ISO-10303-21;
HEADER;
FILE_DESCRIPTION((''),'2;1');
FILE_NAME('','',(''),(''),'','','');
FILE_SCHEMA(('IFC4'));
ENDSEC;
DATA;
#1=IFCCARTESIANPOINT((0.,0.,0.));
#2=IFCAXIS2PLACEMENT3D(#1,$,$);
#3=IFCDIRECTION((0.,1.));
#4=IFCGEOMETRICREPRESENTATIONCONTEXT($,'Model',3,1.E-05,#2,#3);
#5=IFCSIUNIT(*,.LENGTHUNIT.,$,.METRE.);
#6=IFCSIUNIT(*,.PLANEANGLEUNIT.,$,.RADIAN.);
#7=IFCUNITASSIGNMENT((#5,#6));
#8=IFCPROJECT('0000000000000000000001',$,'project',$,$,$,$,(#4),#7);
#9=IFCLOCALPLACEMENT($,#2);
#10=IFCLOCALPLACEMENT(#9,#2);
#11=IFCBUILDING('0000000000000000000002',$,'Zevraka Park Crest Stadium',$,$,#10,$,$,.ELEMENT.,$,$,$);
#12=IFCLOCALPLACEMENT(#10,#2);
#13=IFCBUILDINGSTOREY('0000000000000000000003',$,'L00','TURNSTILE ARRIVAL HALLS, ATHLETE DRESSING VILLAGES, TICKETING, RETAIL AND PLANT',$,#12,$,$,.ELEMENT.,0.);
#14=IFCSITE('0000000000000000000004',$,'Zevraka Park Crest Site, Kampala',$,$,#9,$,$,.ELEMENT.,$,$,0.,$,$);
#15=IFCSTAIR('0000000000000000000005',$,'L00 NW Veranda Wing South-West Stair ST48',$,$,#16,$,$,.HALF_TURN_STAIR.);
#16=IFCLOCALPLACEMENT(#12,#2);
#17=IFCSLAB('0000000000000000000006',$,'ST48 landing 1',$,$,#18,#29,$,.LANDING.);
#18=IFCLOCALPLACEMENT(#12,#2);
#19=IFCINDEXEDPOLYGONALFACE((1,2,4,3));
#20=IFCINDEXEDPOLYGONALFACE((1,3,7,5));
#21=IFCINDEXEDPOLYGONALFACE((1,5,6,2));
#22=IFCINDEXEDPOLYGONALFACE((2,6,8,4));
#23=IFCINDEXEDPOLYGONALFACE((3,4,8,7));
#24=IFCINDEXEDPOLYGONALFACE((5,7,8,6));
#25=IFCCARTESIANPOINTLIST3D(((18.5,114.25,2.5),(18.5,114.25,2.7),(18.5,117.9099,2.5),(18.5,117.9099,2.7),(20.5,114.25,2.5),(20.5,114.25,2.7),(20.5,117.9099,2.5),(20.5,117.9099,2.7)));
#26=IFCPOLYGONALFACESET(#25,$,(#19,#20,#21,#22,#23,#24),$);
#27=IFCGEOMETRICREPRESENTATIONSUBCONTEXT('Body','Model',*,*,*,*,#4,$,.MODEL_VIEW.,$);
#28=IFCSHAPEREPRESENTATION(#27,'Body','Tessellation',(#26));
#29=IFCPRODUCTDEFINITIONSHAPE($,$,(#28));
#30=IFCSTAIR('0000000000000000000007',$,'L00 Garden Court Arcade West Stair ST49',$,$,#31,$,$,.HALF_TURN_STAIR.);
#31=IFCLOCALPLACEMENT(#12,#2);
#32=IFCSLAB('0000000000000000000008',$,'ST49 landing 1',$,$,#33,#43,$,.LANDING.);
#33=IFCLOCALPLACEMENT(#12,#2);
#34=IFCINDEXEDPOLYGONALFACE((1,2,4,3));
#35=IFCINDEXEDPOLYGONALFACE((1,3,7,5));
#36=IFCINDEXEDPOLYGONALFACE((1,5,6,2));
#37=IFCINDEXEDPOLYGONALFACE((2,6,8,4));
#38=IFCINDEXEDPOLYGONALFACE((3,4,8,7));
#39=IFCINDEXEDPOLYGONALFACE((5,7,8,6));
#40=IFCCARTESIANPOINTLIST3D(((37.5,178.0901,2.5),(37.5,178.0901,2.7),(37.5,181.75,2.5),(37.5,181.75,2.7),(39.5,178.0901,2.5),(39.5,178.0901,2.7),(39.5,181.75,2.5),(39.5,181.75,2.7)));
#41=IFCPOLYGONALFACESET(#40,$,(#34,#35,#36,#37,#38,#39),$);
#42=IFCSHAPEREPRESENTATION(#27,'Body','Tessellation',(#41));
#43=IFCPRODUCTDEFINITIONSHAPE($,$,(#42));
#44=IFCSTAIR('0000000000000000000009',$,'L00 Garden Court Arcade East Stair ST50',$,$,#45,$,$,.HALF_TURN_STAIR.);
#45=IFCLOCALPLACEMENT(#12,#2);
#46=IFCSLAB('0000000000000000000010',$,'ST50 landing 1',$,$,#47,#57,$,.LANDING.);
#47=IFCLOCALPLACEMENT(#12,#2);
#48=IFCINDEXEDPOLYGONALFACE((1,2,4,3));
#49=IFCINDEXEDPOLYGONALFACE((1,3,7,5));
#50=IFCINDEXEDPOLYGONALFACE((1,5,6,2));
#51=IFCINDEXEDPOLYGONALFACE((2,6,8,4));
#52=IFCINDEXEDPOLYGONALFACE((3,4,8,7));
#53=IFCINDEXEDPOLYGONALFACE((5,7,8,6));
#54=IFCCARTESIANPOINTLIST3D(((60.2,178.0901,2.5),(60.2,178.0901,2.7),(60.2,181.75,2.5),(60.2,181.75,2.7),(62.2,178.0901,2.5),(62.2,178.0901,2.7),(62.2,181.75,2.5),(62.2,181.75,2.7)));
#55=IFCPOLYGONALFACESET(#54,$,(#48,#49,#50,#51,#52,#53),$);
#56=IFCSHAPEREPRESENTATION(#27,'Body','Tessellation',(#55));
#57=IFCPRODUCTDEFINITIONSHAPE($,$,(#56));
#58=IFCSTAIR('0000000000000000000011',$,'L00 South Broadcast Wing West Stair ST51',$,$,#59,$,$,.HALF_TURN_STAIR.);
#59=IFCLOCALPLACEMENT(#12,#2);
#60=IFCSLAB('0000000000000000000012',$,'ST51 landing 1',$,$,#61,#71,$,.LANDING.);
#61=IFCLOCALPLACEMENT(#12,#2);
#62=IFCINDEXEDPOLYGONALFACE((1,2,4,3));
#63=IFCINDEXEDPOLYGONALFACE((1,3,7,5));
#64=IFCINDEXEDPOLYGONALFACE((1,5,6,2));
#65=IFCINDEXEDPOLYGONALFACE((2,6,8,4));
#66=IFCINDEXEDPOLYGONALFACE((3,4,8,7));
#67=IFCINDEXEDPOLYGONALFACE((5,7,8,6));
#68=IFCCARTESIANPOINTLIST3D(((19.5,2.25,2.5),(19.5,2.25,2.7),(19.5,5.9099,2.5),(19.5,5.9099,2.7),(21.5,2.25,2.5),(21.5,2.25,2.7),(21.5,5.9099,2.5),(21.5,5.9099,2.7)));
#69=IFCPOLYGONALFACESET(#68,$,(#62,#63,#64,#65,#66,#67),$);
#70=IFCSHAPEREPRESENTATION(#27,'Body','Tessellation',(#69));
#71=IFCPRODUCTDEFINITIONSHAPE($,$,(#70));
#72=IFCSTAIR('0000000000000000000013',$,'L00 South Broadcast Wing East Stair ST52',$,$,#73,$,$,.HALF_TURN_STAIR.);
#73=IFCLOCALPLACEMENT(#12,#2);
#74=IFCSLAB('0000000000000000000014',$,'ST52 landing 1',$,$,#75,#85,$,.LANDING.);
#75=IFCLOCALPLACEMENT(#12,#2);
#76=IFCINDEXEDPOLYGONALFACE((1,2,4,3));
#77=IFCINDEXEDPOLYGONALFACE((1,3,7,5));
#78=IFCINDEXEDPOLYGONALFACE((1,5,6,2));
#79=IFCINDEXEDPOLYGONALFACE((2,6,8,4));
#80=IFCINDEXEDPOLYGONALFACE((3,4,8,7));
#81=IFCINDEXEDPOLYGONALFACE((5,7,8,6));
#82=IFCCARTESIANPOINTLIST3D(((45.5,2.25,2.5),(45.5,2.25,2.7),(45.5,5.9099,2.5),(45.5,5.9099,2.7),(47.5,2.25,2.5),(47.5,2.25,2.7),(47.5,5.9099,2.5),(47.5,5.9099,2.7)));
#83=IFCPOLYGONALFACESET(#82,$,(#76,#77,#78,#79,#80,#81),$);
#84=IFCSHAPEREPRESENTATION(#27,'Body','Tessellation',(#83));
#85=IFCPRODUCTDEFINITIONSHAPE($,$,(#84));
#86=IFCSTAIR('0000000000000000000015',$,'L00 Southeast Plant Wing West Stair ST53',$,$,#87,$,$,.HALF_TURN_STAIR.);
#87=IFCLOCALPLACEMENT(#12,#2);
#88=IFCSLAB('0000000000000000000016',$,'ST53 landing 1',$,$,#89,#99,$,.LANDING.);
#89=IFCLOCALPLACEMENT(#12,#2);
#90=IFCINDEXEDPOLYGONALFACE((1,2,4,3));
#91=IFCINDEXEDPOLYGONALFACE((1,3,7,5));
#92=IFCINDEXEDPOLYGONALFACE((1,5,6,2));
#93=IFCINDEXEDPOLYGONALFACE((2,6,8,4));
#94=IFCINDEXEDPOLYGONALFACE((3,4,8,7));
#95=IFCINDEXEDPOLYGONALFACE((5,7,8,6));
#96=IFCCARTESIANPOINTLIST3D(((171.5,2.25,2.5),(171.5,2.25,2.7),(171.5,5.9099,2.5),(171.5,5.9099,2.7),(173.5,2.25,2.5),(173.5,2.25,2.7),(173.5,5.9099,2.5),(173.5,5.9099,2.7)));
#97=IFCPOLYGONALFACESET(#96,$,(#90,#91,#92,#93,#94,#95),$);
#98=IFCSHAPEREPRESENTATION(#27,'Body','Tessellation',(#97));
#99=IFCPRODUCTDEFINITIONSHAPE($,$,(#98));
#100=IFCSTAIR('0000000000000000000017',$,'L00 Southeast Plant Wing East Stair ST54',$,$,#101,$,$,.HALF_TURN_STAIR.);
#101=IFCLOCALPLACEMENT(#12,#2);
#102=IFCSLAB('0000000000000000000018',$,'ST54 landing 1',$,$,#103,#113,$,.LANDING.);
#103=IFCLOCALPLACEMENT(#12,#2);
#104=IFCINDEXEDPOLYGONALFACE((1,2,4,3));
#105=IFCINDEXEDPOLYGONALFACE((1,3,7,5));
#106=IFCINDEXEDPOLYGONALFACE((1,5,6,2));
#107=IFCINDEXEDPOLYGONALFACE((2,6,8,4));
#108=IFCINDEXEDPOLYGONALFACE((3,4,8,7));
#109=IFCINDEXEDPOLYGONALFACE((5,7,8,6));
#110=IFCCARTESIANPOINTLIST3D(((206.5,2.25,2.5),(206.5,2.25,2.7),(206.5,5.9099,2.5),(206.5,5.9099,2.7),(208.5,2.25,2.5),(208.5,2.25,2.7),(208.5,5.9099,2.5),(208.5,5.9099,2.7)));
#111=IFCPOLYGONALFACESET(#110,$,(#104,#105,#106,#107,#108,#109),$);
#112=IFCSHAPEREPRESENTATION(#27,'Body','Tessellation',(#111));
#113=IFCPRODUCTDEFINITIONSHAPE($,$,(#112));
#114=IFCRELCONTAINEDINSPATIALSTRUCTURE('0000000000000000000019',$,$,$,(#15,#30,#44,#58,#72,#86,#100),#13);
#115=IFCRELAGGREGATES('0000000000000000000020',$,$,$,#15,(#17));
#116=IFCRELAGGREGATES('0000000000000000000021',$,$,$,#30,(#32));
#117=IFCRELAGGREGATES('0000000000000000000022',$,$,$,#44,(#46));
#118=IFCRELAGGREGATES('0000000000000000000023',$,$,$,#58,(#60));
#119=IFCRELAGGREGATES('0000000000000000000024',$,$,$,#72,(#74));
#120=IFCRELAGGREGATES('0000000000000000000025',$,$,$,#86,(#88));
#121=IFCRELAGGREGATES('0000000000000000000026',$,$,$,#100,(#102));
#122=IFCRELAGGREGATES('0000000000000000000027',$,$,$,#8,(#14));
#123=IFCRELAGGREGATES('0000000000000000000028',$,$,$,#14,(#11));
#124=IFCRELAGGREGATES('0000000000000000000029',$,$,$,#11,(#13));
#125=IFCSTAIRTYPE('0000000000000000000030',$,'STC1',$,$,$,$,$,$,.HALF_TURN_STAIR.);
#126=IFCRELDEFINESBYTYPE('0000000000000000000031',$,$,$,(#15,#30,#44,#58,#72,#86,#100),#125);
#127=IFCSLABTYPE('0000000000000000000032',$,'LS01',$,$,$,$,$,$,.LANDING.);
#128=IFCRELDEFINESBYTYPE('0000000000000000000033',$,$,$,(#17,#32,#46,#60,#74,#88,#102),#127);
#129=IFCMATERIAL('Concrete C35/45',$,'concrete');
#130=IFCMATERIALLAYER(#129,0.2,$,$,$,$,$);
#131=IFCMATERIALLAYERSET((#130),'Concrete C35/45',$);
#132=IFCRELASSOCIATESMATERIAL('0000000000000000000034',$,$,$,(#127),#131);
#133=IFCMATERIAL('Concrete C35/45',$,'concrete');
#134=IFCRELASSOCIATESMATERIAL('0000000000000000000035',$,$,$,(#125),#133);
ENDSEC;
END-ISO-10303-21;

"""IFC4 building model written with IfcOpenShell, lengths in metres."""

from ifc_helpers import new_model, si_unit, direction, frame, origin, place, context, subcontext, project, spatial, polyline, outline, extrude, material, layer, layer_set, type_object, element, aggregate, save


model = new_model("IFC4")

# Units and contexts
model_context = context("Model", 3, precision=1e-05, world=origin(), true_north=direction((0.0, 1.0)))
body_context = subcontext(model_context, "Body", "Model", "MODEL_VIEW")
ifc_project = project(units=[si_unit("LENGTHUNIT", "METRE"), si_unit("PLANEANGLEUNIT", "RADIAN")], contexts=[model_context])

# Site, building, storey
site_placement = place(None, origin())
site = spatial("IfcSite", under=ifc_project, at=site_placement, Name="Zevraka Park Crest Site, Kampala", CompositionType="ELEMENT", RefElevation=0.0)
building_placement = place(site_placement, origin())
building = spatial("IfcBuilding", under=site, at=building_placement, Name="Zevraka Park Crest Stadium", CompositionType="ELEMENT")
storey_placement = place(building_placement, origin())
storey = spatial("IfcBuildingStorey", under=building, at=storey_placement, Name="L00", Description="TURNSTILE ARRIVAL HALLS, ATHLETE DRESSING VILLAGES, TICKETING, RETAIL AND PLANT", CompositionType="ELEMENT", Elevation=0.0)

# Stairs, slabs
ifc_material_1 = material(Name="Concrete C35/45", Category="concrete")
ifc_layer = layer(ifc_material_1, 0.2)
ifc_layer_set = layer_set([ifc_layer], Name="Concrete C35/45")
slab_type = type_object("IfcSlabType", Name="LS01", PredefinedType="LANDING", material=ifc_layer_set)
ifc_material_2 = material(Name="Concrete C35/45", Category="concrete")
stair_type_1 = type_object("IfcStairType", Name="STC1", PredefinedType="HALF_TURN_STAIR", material=ifc_material_2)
stair_1_placement = place(storey_placement, origin())
stair_1 = element("IfcStair", 1, at=stair_1_placement, inside=storey, type_object=stair_type_1, Name="L00 NW Veranda Wing South-West Stair ST48", PredefinedType="HALF_TURN_STAIR")
slab_1_placement = place(storey_placement, frame((0.0, 0.0, 2.5)))
slab_1 = element("IfcSlab", 2, at=slab_1_placement, type_object=slab_type, Name="ST48 landing 1", PredefinedType="LANDING", context=body_context, shape_type="SweptSolid", body=[
    extrude(outline(polyline([(18.5, 114.25), (20.5, 114.25), (20.5, 117.9099), (18.5, 117.9099), (18.5, 114.25)])), origin(), (0.0, 0.0, 1.0), 0.2),
])
aggregate(stair_1, [slab_1])
stair_2_placement = place(storey_placement, origin())
stair_2 = element("IfcStair", 3, at=stair_2_placement, inside=storey, type_object=stair_type_1, Name="L00 Garden Court Arcade West Stair ST49", PredefinedType="HALF_TURN_STAIR")
slab_2_placement = place(storey_placement, frame((0.0, 0.0, 2.5)))
slab_2 = element("IfcSlab", 4, at=slab_2_placement, type_object=slab_type, Name="ST49 landing 1", PredefinedType="LANDING", context=body_context, shape_type="SweptSolid", body=[
    extrude(outline(polyline([(39.5, 181.75), (37.5, 181.75), (37.5, 178.0901), (39.5, 178.0901), (39.5, 181.75)])), origin(), (0.0, 0.0, 1.0), 0.2),
])
aggregate(stair_2, [slab_2])
stair_3_placement = place(storey_placement, origin())
stair_3 = element("IfcStair", 5, at=stair_3_placement, inside=storey, type_object=stair_type_1, Name="L00 Garden Court Arcade East Stair ST50", PredefinedType="HALF_TURN_STAIR")
slab_3_placement = place(storey_placement, frame((0.0, 0.0, 2.5)))
slab_3 = element("IfcSlab", 6, at=slab_3_placement, type_object=slab_type, Name="ST50 landing 1", PredefinedType="LANDING", context=body_context, shape_type="SweptSolid", body=[
    extrude(outline(polyline([(60.2, 178.0901), (62.2, 178.0901), (62.2, 181.75), (60.2, 181.75), (60.2, 178.0901)])), origin(), (0.0, 0.0, 1.0), 0.2),
])
aggregate(stair_3, [slab_3])
stair_4_placement = place(storey_placement, origin())
stair_4 = element("IfcStair", 7, at=stair_4_placement, inside=storey, type_object=stair_type_1, Name="L00 South Broadcast Wing West Stair ST51", PredefinedType="HALF_TURN_STAIR")
slab_4_placement = place(storey_placement, frame((0.0, 0.0, 2.5)))
slab_4 = element("IfcSlab", 8, at=slab_4_placement, type_object=slab_type, Name="ST51 landing 1", PredefinedType="LANDING", context=body_context, shape_type="SweptSolid", body=[
    extrude(outline(polyline([(19.5, 2.25), (21.5, 2.25), (21.5, 5.9099), (19.5, 5.9099), (19.5, 2.25)])), origin(), (0.0, 0.0, 1.0), 0.2),
])
aggregate(stair_4, [slab_4])
stair_5_placement = place(storey_placement, origin())
stair_5 = element("IfcStair", 9, at=stair_5_placement, inside=storey, type_object=stair_type_1, Name="L00 South Broadcast Wing East Stair ST52", PredefinedType="HALF_TURN_STAIR")
slab_5_placement = place(storey_placement, frame((0.0, 0.0, 2.5)))
slab_5 = element("IfcSlab", 10, at=slab_5_placement, type_object=slab_type, Name="ST52 landing 1", PredefinedType="LANDING", context=body_context, shape_type="SweptSolid", body=[
    extrude(outline(polyline([(45.5, 2.25), (47.5, 2.25), (47.5, 5.9099), (45.5, 5.9099), (45.5, 2.25)])), origin(), (0.0, 0.0, 1.0), 0.2),
])
aggregate(stair_5, [slab_5])
stair_6_placement = place(storey_placement, origin())
stair_6 = element("IfcStair", 11, at=stair_6_placement, inside=storey, type_object=stair_type_1, Name="L00 Southeast Plant Wing West Stair ST53", PredefinedType="HALF_TURN_STAIR")
slab_6_placement = place(storey_placement, frame((0.0, 0.0, 2.5)))
slab_6 = element("IfcSlab", 12, at=slab_6_placement, type_object=slab_type, Name="ST53 landing 1", PredefinedType="LANDING", context=body_context, shape_type="SweptSolid", body=[
    extrude(outline(polyline([(171.5, 2.25), (173.5, 2.25), (173.5, 5.9099), (171.5, 5.9099), (171.5, 2.25)])), origin(), (0.0, 0.0, 1.0), 0.2),
])
aggregate(stair_6, [slab_6])
stair_7_placement = place(storey_placement, origin())
stair_7 = element("IfcStair", 13, at=stair_7_placement, inside=storey, type_object=stair_type_1, Name="L00 Southeast Plant Wing East Stair ST54", PredefinedType="HALF_TURN_STAIR")
slab_7_placement = place(storey_placement, frame((0.0, 0.0, 2.5)))
slab_7 = element("IfcSlab", 14, at=slab_7_placement, type_object=slab_type, Name="ST54 landing 1", PredefinedType="LANDING", context=body_context, shape_type="SweptSolid", body=[
    extrude(outline(polyline([(206.5, 2.25), (208.5, 2.25), (208.5, 5.9099), (206.5, 5.9099), (206.5, 2.25)])), origin(), (0.0, 0.0, 1.0), 0.2),
])
aggregate(stair_7, [slab_7])

save(model, "model.ifc")
